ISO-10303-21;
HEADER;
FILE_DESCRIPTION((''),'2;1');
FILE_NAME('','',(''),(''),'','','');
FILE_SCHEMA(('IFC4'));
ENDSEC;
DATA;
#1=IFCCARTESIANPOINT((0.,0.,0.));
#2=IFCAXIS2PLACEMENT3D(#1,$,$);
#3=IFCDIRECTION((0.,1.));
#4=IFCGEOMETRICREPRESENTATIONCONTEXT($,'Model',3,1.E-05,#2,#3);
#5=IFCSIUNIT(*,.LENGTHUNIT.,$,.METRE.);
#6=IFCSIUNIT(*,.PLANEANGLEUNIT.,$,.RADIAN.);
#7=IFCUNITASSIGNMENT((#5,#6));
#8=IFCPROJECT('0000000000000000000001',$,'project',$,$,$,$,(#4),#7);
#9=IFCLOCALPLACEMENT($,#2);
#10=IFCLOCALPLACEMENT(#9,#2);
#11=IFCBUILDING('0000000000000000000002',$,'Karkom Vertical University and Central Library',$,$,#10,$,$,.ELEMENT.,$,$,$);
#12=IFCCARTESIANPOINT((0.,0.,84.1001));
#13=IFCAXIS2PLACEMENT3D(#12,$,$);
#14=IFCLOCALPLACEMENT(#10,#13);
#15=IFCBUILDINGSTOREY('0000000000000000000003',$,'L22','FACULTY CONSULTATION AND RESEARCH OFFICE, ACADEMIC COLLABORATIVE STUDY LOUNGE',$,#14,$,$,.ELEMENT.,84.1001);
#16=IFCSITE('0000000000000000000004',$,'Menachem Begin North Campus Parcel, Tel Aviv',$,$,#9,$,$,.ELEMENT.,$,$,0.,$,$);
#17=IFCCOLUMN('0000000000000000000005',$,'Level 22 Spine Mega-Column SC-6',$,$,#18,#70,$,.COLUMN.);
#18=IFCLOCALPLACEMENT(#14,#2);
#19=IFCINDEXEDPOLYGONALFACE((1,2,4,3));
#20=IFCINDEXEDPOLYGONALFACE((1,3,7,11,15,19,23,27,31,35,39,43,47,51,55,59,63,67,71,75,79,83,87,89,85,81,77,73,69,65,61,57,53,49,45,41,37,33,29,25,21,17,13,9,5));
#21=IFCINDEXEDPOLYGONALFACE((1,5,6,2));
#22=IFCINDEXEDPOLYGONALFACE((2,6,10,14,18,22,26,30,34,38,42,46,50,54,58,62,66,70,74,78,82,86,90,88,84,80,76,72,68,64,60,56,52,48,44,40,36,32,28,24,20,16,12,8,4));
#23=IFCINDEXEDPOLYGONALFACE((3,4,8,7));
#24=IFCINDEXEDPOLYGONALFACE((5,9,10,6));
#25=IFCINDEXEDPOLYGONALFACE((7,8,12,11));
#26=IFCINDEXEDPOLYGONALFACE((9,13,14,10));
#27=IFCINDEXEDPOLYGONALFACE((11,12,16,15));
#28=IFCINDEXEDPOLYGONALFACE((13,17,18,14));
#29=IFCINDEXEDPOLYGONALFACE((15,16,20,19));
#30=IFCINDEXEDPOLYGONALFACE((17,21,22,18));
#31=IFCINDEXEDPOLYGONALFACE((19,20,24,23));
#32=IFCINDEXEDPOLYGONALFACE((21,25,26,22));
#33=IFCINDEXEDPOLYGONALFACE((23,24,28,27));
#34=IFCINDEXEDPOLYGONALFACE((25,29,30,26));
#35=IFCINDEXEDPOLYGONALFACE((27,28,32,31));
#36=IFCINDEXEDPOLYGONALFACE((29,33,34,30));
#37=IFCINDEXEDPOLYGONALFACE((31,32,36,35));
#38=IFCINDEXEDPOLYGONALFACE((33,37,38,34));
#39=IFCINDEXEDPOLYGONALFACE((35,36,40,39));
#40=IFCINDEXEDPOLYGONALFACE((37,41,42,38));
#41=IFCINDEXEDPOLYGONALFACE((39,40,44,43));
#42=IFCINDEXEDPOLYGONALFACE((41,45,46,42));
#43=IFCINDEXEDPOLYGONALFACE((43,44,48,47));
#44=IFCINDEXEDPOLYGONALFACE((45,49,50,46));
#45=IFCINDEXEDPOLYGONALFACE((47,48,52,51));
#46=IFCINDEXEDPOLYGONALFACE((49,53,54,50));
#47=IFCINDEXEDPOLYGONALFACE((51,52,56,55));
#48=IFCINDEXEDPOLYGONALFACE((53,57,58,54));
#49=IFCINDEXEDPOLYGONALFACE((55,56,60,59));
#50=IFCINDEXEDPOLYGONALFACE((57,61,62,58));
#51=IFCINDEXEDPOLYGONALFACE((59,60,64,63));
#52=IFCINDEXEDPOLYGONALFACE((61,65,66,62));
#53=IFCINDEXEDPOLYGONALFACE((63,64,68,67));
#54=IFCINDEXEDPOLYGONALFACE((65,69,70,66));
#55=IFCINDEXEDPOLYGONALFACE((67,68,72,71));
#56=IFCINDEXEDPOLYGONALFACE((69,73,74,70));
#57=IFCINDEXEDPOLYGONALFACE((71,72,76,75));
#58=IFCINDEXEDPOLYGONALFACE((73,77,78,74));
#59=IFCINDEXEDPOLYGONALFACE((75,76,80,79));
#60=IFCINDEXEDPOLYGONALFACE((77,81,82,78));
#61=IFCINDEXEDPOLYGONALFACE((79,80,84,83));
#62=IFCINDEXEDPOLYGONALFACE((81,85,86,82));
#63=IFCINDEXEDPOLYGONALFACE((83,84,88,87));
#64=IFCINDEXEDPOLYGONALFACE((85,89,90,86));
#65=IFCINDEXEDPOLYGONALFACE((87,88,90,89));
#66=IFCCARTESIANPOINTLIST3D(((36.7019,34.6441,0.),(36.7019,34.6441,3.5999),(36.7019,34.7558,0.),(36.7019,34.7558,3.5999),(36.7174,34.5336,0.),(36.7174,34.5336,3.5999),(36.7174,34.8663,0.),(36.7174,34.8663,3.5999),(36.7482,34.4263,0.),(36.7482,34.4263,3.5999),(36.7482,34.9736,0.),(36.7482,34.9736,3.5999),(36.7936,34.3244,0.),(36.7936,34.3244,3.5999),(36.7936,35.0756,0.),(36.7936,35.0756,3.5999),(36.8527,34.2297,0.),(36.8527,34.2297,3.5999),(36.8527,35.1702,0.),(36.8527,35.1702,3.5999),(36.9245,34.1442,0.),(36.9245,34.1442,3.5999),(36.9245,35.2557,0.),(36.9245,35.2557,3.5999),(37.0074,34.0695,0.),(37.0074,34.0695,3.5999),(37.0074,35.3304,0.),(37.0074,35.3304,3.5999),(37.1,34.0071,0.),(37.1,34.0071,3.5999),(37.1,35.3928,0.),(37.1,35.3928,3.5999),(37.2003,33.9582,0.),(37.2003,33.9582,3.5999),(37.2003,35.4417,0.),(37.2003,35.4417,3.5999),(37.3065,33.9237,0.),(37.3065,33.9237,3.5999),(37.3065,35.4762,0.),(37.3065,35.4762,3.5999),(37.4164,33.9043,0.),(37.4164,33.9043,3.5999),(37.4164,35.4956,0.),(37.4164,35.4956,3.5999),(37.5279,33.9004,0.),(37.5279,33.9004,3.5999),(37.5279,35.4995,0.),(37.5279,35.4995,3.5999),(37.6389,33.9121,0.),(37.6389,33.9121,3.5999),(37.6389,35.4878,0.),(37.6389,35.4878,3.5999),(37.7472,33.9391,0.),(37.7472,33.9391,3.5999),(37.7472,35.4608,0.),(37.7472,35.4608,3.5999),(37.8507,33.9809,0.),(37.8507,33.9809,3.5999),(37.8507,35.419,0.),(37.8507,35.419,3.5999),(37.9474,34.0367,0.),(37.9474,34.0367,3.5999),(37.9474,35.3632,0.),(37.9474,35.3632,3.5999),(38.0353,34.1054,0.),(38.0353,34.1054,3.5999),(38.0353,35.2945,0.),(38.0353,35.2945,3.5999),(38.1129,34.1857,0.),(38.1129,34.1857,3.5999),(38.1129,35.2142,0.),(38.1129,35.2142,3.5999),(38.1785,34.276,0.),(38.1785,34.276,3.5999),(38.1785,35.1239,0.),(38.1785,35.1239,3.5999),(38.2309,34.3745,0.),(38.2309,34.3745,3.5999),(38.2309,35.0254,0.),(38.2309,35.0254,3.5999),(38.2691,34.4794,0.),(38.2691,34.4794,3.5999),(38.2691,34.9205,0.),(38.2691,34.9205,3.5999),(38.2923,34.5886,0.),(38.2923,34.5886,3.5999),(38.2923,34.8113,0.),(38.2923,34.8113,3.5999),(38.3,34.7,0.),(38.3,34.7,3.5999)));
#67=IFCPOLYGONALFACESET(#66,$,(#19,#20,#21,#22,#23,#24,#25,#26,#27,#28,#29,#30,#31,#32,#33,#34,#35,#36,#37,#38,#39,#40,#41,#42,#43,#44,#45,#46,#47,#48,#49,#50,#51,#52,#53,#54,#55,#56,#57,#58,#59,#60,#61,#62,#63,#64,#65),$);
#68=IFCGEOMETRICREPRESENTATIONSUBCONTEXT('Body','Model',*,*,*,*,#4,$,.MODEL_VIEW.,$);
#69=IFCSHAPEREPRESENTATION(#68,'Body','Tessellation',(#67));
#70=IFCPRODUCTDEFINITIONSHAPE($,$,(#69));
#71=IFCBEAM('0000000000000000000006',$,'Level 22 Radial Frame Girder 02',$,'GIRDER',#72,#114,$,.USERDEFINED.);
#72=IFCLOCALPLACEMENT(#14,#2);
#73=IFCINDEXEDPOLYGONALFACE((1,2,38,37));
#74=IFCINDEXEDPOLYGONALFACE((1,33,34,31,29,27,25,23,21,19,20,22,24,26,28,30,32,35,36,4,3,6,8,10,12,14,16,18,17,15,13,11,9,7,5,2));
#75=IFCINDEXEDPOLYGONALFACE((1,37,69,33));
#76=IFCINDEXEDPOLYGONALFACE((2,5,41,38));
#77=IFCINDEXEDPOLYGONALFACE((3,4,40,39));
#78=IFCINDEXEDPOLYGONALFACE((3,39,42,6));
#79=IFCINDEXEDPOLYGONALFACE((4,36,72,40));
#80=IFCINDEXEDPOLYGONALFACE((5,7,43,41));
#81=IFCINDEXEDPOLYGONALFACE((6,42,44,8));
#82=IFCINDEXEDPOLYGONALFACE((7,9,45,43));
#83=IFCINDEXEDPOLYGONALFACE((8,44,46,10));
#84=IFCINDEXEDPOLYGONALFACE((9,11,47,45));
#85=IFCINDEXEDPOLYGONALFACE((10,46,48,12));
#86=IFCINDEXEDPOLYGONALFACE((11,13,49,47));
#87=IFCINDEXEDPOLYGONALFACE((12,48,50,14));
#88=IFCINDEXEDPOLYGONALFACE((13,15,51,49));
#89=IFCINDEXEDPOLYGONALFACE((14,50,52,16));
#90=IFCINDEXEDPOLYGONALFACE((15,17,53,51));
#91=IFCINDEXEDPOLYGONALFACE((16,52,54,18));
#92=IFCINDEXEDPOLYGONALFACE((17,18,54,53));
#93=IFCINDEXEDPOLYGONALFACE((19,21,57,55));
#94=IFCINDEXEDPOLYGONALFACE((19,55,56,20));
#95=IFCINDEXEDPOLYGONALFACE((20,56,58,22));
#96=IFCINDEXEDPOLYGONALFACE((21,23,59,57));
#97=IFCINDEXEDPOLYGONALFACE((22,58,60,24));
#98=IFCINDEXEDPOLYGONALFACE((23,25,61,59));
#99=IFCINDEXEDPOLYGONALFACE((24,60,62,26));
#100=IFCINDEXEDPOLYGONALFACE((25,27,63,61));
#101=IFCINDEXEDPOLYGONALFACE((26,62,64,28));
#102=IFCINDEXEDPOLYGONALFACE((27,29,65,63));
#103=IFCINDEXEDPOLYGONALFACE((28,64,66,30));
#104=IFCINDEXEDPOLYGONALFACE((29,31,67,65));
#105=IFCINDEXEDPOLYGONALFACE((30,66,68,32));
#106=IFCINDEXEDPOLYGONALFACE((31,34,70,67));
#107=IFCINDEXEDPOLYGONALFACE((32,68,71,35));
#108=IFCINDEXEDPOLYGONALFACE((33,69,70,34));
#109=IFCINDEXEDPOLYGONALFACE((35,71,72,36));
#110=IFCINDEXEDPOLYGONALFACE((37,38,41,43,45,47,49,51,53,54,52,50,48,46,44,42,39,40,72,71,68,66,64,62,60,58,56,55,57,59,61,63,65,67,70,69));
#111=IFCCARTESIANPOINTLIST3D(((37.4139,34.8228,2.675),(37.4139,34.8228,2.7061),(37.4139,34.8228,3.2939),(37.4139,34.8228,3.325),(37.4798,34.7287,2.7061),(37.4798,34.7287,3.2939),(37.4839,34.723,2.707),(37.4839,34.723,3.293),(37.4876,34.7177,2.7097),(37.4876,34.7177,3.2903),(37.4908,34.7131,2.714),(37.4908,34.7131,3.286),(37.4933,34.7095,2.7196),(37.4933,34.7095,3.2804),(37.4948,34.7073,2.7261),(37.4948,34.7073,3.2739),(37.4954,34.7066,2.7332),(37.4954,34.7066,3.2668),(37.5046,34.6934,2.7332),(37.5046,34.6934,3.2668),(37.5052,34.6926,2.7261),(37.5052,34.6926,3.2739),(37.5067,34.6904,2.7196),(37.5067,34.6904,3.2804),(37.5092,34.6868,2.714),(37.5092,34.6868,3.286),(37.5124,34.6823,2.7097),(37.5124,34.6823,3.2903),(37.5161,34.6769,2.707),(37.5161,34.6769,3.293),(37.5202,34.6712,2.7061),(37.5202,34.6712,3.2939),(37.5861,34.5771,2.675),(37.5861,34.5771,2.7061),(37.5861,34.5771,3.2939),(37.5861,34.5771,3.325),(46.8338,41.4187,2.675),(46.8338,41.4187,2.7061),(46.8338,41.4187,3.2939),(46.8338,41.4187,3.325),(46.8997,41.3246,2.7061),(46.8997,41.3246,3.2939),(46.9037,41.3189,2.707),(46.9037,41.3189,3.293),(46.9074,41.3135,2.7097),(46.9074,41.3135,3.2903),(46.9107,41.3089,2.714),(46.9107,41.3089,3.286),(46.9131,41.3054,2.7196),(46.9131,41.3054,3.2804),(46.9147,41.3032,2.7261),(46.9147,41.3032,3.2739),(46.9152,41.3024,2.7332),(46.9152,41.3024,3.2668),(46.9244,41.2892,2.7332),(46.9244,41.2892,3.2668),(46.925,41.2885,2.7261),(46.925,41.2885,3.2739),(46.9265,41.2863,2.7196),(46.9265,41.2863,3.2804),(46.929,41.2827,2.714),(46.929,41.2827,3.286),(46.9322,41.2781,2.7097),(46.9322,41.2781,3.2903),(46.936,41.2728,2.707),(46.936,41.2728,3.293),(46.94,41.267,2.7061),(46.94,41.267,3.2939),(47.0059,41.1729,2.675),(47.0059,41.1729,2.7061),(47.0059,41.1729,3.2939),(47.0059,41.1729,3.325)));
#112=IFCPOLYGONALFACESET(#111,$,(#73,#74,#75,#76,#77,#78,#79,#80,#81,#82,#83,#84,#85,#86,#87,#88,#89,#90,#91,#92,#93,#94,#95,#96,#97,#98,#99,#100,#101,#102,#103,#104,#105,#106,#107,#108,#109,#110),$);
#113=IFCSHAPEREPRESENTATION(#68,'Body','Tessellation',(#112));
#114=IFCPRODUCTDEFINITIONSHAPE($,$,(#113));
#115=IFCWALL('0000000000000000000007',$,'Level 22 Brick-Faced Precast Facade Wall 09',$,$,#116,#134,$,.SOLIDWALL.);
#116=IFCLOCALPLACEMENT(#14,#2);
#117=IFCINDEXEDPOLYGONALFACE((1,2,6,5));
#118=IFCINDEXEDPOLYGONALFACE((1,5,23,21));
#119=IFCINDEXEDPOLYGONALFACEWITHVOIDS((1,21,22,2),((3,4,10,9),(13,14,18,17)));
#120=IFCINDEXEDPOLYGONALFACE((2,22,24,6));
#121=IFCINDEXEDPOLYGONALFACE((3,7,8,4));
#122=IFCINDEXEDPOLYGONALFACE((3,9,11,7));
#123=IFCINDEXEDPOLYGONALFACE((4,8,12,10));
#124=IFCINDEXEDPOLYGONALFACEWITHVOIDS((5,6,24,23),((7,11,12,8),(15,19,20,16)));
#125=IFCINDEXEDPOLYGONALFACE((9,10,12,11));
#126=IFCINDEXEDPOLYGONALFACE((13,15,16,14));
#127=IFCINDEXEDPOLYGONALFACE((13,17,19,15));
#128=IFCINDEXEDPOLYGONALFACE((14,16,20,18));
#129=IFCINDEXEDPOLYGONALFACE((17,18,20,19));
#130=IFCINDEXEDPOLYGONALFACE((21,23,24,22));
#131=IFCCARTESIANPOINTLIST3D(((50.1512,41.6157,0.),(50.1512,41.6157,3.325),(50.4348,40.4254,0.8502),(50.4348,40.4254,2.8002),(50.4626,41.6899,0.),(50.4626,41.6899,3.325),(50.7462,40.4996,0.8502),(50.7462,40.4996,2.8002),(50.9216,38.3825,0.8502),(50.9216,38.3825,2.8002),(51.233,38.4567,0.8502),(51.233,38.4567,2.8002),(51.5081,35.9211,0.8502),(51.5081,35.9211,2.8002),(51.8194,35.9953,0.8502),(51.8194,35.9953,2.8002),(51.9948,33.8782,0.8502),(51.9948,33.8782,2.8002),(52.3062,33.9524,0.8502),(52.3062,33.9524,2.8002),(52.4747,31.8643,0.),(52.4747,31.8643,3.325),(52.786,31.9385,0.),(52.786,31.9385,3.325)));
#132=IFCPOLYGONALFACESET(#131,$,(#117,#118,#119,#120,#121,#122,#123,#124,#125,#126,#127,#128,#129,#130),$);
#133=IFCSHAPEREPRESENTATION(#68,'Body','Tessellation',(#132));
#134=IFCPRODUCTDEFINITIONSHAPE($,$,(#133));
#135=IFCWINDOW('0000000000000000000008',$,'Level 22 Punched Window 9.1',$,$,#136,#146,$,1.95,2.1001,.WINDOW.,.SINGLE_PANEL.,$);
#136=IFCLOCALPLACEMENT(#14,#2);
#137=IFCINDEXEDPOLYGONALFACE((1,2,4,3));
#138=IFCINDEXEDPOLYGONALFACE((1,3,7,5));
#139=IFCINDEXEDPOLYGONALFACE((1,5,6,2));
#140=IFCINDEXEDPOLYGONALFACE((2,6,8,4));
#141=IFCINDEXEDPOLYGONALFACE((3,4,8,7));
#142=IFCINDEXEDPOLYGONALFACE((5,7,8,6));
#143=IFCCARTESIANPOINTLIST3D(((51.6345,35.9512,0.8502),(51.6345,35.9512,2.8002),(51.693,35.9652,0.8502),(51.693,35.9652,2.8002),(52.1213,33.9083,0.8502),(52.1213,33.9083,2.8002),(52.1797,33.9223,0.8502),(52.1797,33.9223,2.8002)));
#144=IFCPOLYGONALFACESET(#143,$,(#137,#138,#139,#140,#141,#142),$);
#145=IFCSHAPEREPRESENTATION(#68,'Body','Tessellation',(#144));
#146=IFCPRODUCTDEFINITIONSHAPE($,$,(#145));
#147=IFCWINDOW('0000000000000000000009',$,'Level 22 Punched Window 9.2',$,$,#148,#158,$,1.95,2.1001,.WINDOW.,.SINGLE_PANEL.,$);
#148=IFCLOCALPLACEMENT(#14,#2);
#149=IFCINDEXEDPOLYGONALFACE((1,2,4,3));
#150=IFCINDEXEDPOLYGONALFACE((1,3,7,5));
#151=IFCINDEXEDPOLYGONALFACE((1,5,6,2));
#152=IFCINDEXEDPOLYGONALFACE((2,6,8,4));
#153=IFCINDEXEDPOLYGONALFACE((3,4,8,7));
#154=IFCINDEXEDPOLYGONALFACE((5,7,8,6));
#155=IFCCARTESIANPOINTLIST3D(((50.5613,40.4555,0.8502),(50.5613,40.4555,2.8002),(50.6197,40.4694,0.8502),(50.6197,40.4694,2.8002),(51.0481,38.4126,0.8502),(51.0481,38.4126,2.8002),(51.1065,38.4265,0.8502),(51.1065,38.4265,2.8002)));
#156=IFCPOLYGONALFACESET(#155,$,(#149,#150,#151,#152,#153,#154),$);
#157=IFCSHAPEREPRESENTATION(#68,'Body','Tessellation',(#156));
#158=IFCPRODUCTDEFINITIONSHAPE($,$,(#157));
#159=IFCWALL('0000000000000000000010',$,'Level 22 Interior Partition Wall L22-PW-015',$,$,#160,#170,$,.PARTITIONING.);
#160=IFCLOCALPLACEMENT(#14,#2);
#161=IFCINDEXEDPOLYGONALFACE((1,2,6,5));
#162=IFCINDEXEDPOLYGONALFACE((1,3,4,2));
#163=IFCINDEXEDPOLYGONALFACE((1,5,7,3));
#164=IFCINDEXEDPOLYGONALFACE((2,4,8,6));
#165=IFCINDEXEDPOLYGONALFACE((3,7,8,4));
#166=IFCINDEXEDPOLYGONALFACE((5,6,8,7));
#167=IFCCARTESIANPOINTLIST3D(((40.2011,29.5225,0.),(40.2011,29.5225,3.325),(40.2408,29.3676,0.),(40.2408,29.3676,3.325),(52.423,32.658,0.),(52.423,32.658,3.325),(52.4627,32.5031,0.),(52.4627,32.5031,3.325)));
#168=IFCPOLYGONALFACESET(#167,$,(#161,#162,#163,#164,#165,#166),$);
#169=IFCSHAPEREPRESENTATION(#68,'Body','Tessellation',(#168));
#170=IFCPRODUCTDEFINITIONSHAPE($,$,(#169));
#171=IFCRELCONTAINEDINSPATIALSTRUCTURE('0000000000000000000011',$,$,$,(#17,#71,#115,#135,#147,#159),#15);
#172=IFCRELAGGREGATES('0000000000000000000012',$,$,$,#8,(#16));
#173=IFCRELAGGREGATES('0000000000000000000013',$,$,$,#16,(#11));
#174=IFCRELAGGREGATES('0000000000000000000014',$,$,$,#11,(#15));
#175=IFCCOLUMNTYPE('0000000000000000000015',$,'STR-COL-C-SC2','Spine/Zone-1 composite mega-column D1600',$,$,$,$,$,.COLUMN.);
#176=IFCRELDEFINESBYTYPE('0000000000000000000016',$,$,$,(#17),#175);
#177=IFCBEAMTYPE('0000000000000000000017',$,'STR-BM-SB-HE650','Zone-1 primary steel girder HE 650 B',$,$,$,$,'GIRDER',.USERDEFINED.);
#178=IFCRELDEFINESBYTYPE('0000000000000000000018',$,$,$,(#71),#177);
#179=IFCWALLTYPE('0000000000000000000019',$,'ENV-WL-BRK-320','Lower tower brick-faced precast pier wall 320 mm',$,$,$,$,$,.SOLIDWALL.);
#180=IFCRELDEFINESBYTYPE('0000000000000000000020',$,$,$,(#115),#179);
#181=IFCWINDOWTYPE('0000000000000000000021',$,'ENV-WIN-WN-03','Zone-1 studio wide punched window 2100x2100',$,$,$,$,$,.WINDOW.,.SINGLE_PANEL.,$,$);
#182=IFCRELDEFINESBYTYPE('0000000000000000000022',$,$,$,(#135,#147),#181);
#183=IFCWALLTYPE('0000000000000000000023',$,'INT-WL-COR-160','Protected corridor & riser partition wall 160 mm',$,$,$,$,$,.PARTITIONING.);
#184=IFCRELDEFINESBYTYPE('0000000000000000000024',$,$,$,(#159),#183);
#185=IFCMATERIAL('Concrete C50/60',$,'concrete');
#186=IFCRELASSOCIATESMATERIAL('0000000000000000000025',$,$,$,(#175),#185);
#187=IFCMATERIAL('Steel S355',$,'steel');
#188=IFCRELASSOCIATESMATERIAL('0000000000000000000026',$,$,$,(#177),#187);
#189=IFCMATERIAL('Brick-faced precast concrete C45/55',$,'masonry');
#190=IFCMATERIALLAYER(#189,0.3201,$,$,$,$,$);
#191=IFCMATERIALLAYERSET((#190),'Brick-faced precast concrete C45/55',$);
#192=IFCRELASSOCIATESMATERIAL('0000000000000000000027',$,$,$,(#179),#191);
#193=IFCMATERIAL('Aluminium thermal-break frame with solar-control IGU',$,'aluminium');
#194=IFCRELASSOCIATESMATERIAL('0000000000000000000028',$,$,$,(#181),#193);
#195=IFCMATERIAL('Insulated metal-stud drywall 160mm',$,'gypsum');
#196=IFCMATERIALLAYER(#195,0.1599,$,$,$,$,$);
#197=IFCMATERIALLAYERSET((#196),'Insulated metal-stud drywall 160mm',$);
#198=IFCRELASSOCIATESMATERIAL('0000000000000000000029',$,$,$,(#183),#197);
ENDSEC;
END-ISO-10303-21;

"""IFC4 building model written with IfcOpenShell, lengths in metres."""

from ifc_helpers import new_model, si_unit, direction, frame, frame_2d, origin, origin_with_axes, origin_2d, place, context, subcontext, project, spatial, rectangle, circle, i_section, extrude, source, transform, mapped, material, layer, layer_set, material_profile, profile_set, type_object, element, fill, save


model = new_model("IFC4")

# Units and contexts
model_context = context("Model", 3, precision=1e-05, world=origin(), true_north=direction((0.0, 1.0)))
body_context = subcontext(model_context, "Body", "Model", "MODEL_VIEW")
ifc_project = project(units=[si_unit("LENGTHUNIT", "METRE"), si_unit("PLANEANGLEUNIT", "RADIAN")], contexts=[model_context])

# Site, building, storey
site_placement = place(None, origin())
site = spatial("IfcSite", under=ifc_project, at=site_placement, Name="Menachem Begin North Campus Parcel, Tel Aviv", CompositionType="ELEMENT", RefElevation=0.0)
building_placement = place(site_placement, origin())
building = spatial("IfcBuilding", under=site, at=building_placement, Name="Karkom Vertical University and Central Library", CompositionType="ELEMENT")
storey_placement = place(building_placement, frame((0.0, 0.0, 84.1001)))
storey = spatial("IfcBuildingStorey", under=building, at=storey_placement, Name="L22", Description="FACULTY CONSULTATION AND RESEARCH OFFICE, ACADEMIC COLLABORATIVE STUDY LOUNGE", CompositionType="ELEMENT", Elevation=84.1001)

# Column
ifc_material_1 = material(Name="Concrete C50/60", Category="concrete")
ifc_material_profile_1 = material_profile(ifc_material_1, circle(Radius=0.8, at=origin_2d()), Name="CFT-D1600")
ifc_profile_set_1 = profile_set([ifc_material_profile_1], Name="Concrete C50/60")
column_type = type_object("IfcColumnType", Name="STR-COL-C-SC2", Description="Spine/Zone-1 composite mega-column D1600", PredefinedType="COLUMN", material=ifc_profile_set_1)
shared_shape_1 = source(origin_with_axes(), body_context, "Body", "SweptSolid", [
    extrude(circle(Radius=0.8, at=origin_2d()), origin(), (0.0, 0.0, 1.0), 3.5999),
])
column_placement = place(storey_placement, frame((37.5, 34.7, 0.0), z_axis=(0.0, 0.0, 1.0), x_axis=(1.0, 0.0, 0.0)))
element("IfcColumn", 1, at=column_placement, inside=storey, type_object=column_type, Name="Level 22 Spine Mega-Column SC-6", PredefinedType="COLUMN", context=body_context, shape_type="MappedRepresentation", body=[
    mapped(shared_shape_1, transform((0.0, 0.0, 0.0), scale=1.0)),
])

# Beam
ifc_material_2 = material(Name="Steel S355", Category="steel")
ifc_material_profile_2 = material_profile(ifc_material_2, i_section(OverallWidth=0.3, OverallDepth=0.6499, WebThickness=0.0161, FlangeThickness=0.031, FilletRadius=0.0271, at=origin_2d()), Name="HE 650 B")
ifc_profile_set_2 = profile_set([ifc_material_profile_2], Name="Steel S355")
beam_type = type_object("IfcBeamType", Name="STR-BM-SB-HE650", Description="Zone-1 primary steel girder HE 650 B", ElementType="GIRDER", PredefinedType="USERDEFINED", material=ifc_profile_set_2)
shared_shape_2 = source(origin_with_axes(), body_context, "Body", "SweptSolid", [
    extrude(i_section(OverallWidth=0.3, OverallDepth=0.6499, WebThickness=0.0161, FlangeThickness=0.031, FilletRadius=0.0271, at=origin_2d()), origin(), (0.0, 0.0, 1.0), 11.4995),
])
beam_placement = place(storey_placement, frame((37.5, 34.7, 3.0), z_axis=(0.81915, 0.573579, 0.0), x_axis=(-0.573579, 0.81915, 0.0)))
element("IfcBeam", 2, at=beam_placement, inside=storey, type_object=beam_type, Name="Level 22 Radial Frame Girder 02", ObjectType="GIRDER", PredefinedType="USERDEFINED", context=body_context, shape_type="MappedRepresentation", body=[
    mapped(shared_shape_2, transform((0.0, 0.0, 0.0), scale=1.0)),
])

# Wall, openings, windows
ifc_material_3 = material(Name="Brick-faced precast concrete C45/55", Category="masonry")
ifc_layer_1 = layer(ifc_material_3, 0.3201)
ifc_layer_set_1 = layer_set([ifc_layer_1], Name="Brick-faced precast concrete C45/55")
wall_type_1 = type_object("IfcWallType", Name="ENV-WL-BRK-320", Description="Lower tower brick-faced precast pier wall 320 mm", PredefinedType="SOLIDWALL", material=ifc_layer_set_1)
wall_1_placement = place(storey_placement, frame((52.6304, 31.9014, 0.0), z_axis=(0.0, 0.0, 1.0), x_axis=(-0.231782, 0.972768, 0.0)))
wall_1 = element("IfcWall", 3, at=wall_1_placement, inside=storey, type_object=wall_type_1, Name="Level 22 Brick-Faced Precast Facade Wall 09", PredefinedType="SOLIDWALL", context=body_context, shape_type="SweptSolid", body=[
    extrude(rectangle(XDim=10.0244, YDim=0.3201, at=frame_2d((5.0122, 0.0))), origin(), (0.0, 0.0, 1.0), 3.325),
])
opening_1_placement = place(wall_1_placement, frame((2.0703, 0.0, 0.8501)))
opening_1 = element("IfcOpeningElement", 4, at=opening_1_placement, cuts=wall_1, PredefinedType="OPENING", context=body_context, shape_type="SweptSolid", body=[
    extrude(rectangle(XDim=2.1001, YDim=1.95, at=frame_2d((1.05, 0.9751))), frame((0.0, 0.1699, 0.0), z_axis=(0.0, -1.0, 0.0), x_axis=(1.0, 0.0, 0.0)), (0.0, 0.0, 1.0), 0.3401),
])
opening_2_placement = place(wall_1_placement, frame((6.7007, 0.0, 0.8501)))
opening_2 = element("IfcOpeningElement", 5, at=opening_2_placement, cuts=wall_1, PredefinedType="OPENING", context=body_context, shape_type="SweptSolid", body=[
    extrude(rectangle(XDim=2.1001, YDim=1.95, at=frame_2d((1.05, 0.9751))), frame((0.0, 0.1699, 0.0), z_axis=(0.0, -1.0, 0.0), x_axis=(1.0, 0.0, 0.0)), (0.0, 0.0, 1.0), 0.3401),
])
ifc_material_4 = material(Name="Aluminium thermal-break frame with solar-control IGU", Category="aluminium")
window_type = type_object("IfcWindowType", Name="ENV-WIN-WN-03", Description="Zone-1 studio wide punched window 2100x2100", PartitioningType="SINGLE_PANEL", PredefinedType="WINDOW", material=ifc_material_4)
shared_shape_3 = source(origin_with_axes(), body_context, "Body", "SweptSolid", [
    extrude(rectangle(XDim=2.1001, YDim=1.95, at=frame_2d((1.05, 0.9751))), frame((0.0, 0.03, 0.0), z_axis=(0.0, -1.0, 0.0), x_axis=(1.0, 0.0, 0.0)), (0.0, 0.0, 1.0), 0.0601),
])
window_1_placement = place(opening_1_placement, origin())
window_1 = element("IfcWindow", 6, at=window_1_placement, inside=storey, type_object=window_type, Name="Level 22 Punched Window 9.1", OverallHeight=1.95, OverallWidth=2.1001, PartitioningType="SINGLE_PANEL", PredefinedType="WINDOW", context=body_context, shape_type="MappedRepresentation", body=[
    mapped(shared_shape_3, transform((0.0, 0.0, 0.0), scale=1.0)),
])
fill(opening_1, window_1)
window_2_placement = place(opening_2_placement, origin())
window_2 = element("IfcWindow", 7, at=window_2_placement, inside=storey, type_object=window_type, Name="Level 22 Punched Window 9.2", OverallHeight=1.95, OverallWidth=2.1001, PartitioningType="SINGLE_PANEL", PredefinedType="WINDOW", context=body_context, shape_type="MappedRepresentation", body=[
    mapped(shared_shape_3, transform((0.0, 0.0, 0.0), scale=1.0)),
])
fill(opening_2, window_2)

# Wall
ifc_material_5 = material(Name="Insulated metal-stud drywall 160mm", Category="gypsum")
ifc_layer_2 = layer(ifc_material_5, 0.1599)
ifc_layer_set_2 = layer_set([ifc_layer_2], Name="Insulated metal-stud drywall 160mm")
wall_type_2 = type_object("IfcWallType", Name="INT-WL-COR-160", Description="Protected corridor & riser partition wall 160 mm", PredefinedType="PARTITIONING", material=ifc_layer_set_2)
wall_2_placement = place(storey_placement, frame((40.2209, 29.4451, 0.0), z_axis=(0.0, 0.0, 1.0), x_axis=(0.968632, 0.2485, 0.0)))
element("IfcWall", 8, at=wall_2_placement, inside=storey, type_object=wall_type_2, Name="Level 22 Interior Partition Wall L22-PW-015", PredefinedType="PARTITIONING", context=body_context, shape_type="SweptSolid", body=[
    extrude(rectangle(XDim=12.6177, YDim=0.1599, at=frame_2d((6.3088, 0.0))), origin(), (0.0, 0.0, 1.0), 3.325),
])

save(model, "model.ifc")
